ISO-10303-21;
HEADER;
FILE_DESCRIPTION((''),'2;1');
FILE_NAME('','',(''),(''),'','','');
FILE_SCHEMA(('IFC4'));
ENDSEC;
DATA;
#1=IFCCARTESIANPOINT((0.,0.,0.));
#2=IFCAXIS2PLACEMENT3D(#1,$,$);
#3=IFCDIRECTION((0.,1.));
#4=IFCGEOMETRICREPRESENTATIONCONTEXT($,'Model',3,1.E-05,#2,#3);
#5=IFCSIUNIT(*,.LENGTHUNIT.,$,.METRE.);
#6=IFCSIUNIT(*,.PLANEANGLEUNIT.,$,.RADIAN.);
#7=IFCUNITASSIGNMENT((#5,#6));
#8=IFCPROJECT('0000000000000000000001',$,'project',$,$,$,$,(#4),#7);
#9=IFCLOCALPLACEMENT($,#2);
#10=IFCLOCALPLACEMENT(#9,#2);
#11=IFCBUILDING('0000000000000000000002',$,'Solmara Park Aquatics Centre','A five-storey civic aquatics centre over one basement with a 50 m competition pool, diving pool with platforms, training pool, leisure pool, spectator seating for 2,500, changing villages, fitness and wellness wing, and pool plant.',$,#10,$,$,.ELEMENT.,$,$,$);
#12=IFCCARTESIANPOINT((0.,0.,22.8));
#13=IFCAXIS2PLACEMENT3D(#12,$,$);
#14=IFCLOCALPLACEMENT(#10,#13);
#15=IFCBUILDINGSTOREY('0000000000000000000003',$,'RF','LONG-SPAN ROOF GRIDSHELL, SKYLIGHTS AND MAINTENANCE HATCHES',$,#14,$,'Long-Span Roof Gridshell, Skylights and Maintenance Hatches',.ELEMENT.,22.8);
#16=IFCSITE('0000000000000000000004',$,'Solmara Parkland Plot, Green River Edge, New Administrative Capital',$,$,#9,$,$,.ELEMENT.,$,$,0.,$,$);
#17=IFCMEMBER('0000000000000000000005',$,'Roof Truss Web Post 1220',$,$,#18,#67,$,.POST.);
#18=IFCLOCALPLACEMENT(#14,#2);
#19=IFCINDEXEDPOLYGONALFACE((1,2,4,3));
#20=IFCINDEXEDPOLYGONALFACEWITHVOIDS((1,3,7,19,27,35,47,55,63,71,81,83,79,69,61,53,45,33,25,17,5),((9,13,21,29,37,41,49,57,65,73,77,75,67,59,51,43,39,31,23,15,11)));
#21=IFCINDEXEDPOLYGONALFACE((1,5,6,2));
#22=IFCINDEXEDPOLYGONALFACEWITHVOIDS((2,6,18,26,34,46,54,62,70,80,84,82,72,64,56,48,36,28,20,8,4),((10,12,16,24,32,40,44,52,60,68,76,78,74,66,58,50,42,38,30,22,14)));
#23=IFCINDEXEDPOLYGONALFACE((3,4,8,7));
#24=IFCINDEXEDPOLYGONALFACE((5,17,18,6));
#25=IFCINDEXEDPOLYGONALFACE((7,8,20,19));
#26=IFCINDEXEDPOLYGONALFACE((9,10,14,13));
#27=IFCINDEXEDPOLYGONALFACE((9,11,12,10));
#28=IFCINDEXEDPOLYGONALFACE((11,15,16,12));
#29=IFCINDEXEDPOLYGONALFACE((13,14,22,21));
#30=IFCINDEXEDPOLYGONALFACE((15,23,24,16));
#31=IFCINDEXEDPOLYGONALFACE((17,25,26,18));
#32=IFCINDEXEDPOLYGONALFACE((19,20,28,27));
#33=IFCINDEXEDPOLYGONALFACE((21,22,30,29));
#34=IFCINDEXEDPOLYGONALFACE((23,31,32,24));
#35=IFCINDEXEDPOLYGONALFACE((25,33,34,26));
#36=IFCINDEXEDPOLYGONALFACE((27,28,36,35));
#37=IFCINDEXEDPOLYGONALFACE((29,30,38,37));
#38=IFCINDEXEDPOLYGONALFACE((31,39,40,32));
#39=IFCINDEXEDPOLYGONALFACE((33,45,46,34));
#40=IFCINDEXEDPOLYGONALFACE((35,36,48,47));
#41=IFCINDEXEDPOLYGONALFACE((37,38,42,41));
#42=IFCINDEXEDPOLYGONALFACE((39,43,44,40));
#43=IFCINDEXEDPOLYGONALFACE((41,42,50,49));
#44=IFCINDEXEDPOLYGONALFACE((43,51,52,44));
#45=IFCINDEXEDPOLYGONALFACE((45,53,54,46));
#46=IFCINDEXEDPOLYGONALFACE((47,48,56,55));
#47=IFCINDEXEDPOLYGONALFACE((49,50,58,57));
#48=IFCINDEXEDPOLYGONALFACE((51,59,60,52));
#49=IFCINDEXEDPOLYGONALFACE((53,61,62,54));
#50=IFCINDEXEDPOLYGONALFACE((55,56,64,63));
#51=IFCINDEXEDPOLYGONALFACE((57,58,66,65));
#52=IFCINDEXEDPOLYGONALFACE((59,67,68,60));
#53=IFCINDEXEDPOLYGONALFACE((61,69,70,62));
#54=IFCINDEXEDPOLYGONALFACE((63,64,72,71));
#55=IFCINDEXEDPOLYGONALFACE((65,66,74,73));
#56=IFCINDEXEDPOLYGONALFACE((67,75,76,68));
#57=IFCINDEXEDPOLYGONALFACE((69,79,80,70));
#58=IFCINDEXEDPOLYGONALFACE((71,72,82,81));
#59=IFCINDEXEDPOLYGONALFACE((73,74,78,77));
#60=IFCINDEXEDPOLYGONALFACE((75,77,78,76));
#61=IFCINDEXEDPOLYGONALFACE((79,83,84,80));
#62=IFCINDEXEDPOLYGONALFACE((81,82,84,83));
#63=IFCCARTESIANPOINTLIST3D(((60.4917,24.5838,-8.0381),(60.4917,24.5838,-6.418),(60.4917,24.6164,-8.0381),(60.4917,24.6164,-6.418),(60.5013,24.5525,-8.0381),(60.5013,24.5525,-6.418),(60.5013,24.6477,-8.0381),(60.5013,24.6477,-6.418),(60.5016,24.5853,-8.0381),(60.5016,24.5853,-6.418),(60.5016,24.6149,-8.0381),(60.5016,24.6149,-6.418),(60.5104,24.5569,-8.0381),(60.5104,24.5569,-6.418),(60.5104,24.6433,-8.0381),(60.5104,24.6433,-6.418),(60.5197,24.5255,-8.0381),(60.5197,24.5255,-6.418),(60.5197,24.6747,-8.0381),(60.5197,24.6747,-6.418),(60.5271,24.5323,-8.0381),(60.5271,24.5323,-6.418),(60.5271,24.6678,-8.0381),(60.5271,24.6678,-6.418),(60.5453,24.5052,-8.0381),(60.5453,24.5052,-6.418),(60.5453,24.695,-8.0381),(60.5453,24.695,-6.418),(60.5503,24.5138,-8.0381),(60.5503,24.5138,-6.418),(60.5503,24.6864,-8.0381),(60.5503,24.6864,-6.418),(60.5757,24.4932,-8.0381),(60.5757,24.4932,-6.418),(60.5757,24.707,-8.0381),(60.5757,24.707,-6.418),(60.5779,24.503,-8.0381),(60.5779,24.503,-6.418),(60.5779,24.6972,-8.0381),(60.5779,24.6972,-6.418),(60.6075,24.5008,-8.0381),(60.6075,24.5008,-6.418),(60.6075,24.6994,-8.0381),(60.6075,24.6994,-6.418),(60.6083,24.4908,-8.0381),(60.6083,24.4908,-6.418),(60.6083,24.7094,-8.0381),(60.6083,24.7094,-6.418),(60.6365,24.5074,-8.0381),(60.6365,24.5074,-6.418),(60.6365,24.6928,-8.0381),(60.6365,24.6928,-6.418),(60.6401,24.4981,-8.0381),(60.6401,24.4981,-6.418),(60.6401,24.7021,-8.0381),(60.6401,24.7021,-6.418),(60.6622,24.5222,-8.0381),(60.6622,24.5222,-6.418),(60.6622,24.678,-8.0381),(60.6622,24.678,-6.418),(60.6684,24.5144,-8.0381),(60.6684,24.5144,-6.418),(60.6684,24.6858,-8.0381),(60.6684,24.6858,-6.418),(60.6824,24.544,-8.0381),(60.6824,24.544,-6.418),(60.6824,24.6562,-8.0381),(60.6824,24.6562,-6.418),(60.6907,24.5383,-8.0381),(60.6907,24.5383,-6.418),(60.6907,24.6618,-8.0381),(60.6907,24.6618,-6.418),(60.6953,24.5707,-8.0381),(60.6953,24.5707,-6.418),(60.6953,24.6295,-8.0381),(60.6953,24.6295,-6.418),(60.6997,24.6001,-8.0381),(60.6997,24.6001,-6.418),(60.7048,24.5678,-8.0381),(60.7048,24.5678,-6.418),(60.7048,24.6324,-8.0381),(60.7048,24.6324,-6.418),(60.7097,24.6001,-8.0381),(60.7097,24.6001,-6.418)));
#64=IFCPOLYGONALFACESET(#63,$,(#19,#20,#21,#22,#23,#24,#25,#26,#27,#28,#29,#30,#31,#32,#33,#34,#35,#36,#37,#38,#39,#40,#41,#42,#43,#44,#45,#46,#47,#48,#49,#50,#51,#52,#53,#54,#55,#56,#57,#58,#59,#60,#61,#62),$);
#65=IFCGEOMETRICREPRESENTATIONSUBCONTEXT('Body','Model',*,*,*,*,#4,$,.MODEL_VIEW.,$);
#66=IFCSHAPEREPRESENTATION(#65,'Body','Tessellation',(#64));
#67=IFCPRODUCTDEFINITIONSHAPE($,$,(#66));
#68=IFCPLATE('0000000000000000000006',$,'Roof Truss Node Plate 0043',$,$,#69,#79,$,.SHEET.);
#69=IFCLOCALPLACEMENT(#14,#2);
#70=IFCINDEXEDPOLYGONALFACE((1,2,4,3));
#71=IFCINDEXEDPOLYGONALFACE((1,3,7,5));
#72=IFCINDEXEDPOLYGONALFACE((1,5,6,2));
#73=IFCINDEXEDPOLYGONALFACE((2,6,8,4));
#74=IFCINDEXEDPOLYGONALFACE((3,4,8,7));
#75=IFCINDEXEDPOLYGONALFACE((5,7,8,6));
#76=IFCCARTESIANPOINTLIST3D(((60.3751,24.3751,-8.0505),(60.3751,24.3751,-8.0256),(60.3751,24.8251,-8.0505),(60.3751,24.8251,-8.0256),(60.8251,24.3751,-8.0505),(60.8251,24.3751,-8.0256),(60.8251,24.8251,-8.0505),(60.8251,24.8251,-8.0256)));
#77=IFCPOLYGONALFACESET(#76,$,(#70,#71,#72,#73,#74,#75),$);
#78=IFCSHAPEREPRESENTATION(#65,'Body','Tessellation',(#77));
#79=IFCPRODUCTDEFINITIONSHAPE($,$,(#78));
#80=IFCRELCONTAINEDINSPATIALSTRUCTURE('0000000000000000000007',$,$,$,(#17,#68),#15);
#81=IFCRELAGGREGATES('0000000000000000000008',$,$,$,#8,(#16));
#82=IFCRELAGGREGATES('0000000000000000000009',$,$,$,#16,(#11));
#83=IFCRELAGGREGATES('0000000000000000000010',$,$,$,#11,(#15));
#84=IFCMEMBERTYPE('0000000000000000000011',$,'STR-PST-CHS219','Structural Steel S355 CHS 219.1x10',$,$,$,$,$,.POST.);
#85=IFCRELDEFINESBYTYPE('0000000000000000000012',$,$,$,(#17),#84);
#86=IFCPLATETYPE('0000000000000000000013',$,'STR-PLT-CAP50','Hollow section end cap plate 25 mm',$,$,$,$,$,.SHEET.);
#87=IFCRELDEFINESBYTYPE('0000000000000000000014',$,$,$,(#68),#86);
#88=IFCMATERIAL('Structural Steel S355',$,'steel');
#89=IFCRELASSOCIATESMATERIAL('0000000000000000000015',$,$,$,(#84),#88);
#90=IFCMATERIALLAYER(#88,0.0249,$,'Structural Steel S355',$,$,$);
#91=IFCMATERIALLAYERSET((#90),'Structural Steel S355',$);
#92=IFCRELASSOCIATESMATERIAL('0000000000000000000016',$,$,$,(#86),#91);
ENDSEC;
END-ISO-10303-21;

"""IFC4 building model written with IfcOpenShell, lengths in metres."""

from ifc_helpers import new_model, si_unit, direction, frame, origin, origin_2d, place, context, subcontext, project, spatial, rectangle, hollow_circle, extrude, material, layer, layer_set, material_profile, profile_set, type_object, element, save


model = new_model("IFC4")

# Units and contexts
model_context = context("Model", 3, precision=1e-05, world=origin(), true_north=direction((0.0, 1.0)))
body_context = subcontext(model_context, "Body", "Model", "MODEL_VIEW")
ifc_project = project(units=[si_unit("LENGTHUNIT", "METRE"), si_unit("PLANEANGLEUNIT", "RADIAN")], contexts=[model_context])

# Site, building, storey
site_placement = place(None, origin())
site = spatial("IfcSite", under=ifc_project, at=site_placement, Name="Solmara Parkland Plot, Green River Edge, New Administrative Capital", CompositionType="ELEMENT", RefElevation=0.0)
building_placement = place(site_placement, origin())
building = spatial("IfcBuilding", under=site, at=building_placement, Name="Solmara Park Aquatics Centre", Description="A five-storey civic aquatics centre over one basement with a 50 m competition pool, diving pool with platforms, training pool, leisure pool, spectator seating for 2,500, changing villages, fitness and wellness wing, and pool plant.", CompositionType="ELEMENT")
storey_placement = place(building_placement, frame((0.0, 0.0, 22.8)))
storey = spatial("IfcBuildingStorey", under=building, at=storey_placement, Name="RF", Description="LONG-SPAN ROOF GRIDSHELL, SKYLIGHTS AND MAINTENANCE HATCHES", LongName="Long-Span Roof Gridshell, Skylights and Maintenance Hatches", CompositionType="ELEMENT", Elevation=22.8)

# Member
ifc_material_1 = material(Name="Structural Steel S355", Category="steel")
ifc_material_profile_1 = material_profile(ifc_material_1, hollow_circle(Radius=0.1096, WallThickness=0.01, at=origin_2d()), Name="CHS 219.1x10")
ifc_profile_set_1 = profile_set([ifc_material_profile_1], Name="Structural Steel S355")
member_type_1 = type_object("IfcMemberType", Name="STR-PST-CHS219", Description="Structural Steel S355 CHS 219.1x10", PredefinedType="POST", material=ifc_profile_set_1)
for number, where, z_axis, x_axis, name in (
    (1, (60.6001, 24.6001, -8.0381), (0.0, 0.0, 1.0), (1.0, 0.0, 0.0), "Roof Truss Web Post 1220"),
):
    element("IfcMember", number, at=place(storey_placement, frame(where, z_axis=z_axis, x_axis=x_axis)), inside=storey, type_object=member_type_1, Name=name, PredefinedType="POST", context=body_context, shape_type="SweptSolid", body=[
        extrude(hollow_circle(Radius=0.1096, WallThickness=0.01, at=origin_2d()), origin(), (0.0, 0.0, 1.0), 1.6201),
    ])

# Plate
ifc_layer = layer(ifc_material_1, 0.0249, Name="Structural Steel S355")
ifc_layer_set = layer_set([ifc_layer], Name="Structural Steel S355")
plate_type = type_object("IfcPlateType", Name="STR-PLT-CAP50", Description="Hollow section end cap plate 25 mm", PredefinedType="SHEET", material=ifc_layer_set)
plate_placement = place(storey_placement, frame((60.6001, 24.6001, -8.0505), z_axis=(0.0, 0.0, 1.0), x_axis=(1.0, 0.0, 0.0)))
element("IfcPlate", 2, at=plate_placement, inside=storey, type_object=plate_type, Name="Roof Truss Node Plate 0043", PredefinedType="SHEET", context=body_context, shape_type="SweptSolid", body=[
    extrude(rectangle(XDim=0.45, YDim=0.45, at=origin_2d()), origin(), (0.0, 0.0, 1.0), 0.0249),
])

save(model, "model.ifc")
